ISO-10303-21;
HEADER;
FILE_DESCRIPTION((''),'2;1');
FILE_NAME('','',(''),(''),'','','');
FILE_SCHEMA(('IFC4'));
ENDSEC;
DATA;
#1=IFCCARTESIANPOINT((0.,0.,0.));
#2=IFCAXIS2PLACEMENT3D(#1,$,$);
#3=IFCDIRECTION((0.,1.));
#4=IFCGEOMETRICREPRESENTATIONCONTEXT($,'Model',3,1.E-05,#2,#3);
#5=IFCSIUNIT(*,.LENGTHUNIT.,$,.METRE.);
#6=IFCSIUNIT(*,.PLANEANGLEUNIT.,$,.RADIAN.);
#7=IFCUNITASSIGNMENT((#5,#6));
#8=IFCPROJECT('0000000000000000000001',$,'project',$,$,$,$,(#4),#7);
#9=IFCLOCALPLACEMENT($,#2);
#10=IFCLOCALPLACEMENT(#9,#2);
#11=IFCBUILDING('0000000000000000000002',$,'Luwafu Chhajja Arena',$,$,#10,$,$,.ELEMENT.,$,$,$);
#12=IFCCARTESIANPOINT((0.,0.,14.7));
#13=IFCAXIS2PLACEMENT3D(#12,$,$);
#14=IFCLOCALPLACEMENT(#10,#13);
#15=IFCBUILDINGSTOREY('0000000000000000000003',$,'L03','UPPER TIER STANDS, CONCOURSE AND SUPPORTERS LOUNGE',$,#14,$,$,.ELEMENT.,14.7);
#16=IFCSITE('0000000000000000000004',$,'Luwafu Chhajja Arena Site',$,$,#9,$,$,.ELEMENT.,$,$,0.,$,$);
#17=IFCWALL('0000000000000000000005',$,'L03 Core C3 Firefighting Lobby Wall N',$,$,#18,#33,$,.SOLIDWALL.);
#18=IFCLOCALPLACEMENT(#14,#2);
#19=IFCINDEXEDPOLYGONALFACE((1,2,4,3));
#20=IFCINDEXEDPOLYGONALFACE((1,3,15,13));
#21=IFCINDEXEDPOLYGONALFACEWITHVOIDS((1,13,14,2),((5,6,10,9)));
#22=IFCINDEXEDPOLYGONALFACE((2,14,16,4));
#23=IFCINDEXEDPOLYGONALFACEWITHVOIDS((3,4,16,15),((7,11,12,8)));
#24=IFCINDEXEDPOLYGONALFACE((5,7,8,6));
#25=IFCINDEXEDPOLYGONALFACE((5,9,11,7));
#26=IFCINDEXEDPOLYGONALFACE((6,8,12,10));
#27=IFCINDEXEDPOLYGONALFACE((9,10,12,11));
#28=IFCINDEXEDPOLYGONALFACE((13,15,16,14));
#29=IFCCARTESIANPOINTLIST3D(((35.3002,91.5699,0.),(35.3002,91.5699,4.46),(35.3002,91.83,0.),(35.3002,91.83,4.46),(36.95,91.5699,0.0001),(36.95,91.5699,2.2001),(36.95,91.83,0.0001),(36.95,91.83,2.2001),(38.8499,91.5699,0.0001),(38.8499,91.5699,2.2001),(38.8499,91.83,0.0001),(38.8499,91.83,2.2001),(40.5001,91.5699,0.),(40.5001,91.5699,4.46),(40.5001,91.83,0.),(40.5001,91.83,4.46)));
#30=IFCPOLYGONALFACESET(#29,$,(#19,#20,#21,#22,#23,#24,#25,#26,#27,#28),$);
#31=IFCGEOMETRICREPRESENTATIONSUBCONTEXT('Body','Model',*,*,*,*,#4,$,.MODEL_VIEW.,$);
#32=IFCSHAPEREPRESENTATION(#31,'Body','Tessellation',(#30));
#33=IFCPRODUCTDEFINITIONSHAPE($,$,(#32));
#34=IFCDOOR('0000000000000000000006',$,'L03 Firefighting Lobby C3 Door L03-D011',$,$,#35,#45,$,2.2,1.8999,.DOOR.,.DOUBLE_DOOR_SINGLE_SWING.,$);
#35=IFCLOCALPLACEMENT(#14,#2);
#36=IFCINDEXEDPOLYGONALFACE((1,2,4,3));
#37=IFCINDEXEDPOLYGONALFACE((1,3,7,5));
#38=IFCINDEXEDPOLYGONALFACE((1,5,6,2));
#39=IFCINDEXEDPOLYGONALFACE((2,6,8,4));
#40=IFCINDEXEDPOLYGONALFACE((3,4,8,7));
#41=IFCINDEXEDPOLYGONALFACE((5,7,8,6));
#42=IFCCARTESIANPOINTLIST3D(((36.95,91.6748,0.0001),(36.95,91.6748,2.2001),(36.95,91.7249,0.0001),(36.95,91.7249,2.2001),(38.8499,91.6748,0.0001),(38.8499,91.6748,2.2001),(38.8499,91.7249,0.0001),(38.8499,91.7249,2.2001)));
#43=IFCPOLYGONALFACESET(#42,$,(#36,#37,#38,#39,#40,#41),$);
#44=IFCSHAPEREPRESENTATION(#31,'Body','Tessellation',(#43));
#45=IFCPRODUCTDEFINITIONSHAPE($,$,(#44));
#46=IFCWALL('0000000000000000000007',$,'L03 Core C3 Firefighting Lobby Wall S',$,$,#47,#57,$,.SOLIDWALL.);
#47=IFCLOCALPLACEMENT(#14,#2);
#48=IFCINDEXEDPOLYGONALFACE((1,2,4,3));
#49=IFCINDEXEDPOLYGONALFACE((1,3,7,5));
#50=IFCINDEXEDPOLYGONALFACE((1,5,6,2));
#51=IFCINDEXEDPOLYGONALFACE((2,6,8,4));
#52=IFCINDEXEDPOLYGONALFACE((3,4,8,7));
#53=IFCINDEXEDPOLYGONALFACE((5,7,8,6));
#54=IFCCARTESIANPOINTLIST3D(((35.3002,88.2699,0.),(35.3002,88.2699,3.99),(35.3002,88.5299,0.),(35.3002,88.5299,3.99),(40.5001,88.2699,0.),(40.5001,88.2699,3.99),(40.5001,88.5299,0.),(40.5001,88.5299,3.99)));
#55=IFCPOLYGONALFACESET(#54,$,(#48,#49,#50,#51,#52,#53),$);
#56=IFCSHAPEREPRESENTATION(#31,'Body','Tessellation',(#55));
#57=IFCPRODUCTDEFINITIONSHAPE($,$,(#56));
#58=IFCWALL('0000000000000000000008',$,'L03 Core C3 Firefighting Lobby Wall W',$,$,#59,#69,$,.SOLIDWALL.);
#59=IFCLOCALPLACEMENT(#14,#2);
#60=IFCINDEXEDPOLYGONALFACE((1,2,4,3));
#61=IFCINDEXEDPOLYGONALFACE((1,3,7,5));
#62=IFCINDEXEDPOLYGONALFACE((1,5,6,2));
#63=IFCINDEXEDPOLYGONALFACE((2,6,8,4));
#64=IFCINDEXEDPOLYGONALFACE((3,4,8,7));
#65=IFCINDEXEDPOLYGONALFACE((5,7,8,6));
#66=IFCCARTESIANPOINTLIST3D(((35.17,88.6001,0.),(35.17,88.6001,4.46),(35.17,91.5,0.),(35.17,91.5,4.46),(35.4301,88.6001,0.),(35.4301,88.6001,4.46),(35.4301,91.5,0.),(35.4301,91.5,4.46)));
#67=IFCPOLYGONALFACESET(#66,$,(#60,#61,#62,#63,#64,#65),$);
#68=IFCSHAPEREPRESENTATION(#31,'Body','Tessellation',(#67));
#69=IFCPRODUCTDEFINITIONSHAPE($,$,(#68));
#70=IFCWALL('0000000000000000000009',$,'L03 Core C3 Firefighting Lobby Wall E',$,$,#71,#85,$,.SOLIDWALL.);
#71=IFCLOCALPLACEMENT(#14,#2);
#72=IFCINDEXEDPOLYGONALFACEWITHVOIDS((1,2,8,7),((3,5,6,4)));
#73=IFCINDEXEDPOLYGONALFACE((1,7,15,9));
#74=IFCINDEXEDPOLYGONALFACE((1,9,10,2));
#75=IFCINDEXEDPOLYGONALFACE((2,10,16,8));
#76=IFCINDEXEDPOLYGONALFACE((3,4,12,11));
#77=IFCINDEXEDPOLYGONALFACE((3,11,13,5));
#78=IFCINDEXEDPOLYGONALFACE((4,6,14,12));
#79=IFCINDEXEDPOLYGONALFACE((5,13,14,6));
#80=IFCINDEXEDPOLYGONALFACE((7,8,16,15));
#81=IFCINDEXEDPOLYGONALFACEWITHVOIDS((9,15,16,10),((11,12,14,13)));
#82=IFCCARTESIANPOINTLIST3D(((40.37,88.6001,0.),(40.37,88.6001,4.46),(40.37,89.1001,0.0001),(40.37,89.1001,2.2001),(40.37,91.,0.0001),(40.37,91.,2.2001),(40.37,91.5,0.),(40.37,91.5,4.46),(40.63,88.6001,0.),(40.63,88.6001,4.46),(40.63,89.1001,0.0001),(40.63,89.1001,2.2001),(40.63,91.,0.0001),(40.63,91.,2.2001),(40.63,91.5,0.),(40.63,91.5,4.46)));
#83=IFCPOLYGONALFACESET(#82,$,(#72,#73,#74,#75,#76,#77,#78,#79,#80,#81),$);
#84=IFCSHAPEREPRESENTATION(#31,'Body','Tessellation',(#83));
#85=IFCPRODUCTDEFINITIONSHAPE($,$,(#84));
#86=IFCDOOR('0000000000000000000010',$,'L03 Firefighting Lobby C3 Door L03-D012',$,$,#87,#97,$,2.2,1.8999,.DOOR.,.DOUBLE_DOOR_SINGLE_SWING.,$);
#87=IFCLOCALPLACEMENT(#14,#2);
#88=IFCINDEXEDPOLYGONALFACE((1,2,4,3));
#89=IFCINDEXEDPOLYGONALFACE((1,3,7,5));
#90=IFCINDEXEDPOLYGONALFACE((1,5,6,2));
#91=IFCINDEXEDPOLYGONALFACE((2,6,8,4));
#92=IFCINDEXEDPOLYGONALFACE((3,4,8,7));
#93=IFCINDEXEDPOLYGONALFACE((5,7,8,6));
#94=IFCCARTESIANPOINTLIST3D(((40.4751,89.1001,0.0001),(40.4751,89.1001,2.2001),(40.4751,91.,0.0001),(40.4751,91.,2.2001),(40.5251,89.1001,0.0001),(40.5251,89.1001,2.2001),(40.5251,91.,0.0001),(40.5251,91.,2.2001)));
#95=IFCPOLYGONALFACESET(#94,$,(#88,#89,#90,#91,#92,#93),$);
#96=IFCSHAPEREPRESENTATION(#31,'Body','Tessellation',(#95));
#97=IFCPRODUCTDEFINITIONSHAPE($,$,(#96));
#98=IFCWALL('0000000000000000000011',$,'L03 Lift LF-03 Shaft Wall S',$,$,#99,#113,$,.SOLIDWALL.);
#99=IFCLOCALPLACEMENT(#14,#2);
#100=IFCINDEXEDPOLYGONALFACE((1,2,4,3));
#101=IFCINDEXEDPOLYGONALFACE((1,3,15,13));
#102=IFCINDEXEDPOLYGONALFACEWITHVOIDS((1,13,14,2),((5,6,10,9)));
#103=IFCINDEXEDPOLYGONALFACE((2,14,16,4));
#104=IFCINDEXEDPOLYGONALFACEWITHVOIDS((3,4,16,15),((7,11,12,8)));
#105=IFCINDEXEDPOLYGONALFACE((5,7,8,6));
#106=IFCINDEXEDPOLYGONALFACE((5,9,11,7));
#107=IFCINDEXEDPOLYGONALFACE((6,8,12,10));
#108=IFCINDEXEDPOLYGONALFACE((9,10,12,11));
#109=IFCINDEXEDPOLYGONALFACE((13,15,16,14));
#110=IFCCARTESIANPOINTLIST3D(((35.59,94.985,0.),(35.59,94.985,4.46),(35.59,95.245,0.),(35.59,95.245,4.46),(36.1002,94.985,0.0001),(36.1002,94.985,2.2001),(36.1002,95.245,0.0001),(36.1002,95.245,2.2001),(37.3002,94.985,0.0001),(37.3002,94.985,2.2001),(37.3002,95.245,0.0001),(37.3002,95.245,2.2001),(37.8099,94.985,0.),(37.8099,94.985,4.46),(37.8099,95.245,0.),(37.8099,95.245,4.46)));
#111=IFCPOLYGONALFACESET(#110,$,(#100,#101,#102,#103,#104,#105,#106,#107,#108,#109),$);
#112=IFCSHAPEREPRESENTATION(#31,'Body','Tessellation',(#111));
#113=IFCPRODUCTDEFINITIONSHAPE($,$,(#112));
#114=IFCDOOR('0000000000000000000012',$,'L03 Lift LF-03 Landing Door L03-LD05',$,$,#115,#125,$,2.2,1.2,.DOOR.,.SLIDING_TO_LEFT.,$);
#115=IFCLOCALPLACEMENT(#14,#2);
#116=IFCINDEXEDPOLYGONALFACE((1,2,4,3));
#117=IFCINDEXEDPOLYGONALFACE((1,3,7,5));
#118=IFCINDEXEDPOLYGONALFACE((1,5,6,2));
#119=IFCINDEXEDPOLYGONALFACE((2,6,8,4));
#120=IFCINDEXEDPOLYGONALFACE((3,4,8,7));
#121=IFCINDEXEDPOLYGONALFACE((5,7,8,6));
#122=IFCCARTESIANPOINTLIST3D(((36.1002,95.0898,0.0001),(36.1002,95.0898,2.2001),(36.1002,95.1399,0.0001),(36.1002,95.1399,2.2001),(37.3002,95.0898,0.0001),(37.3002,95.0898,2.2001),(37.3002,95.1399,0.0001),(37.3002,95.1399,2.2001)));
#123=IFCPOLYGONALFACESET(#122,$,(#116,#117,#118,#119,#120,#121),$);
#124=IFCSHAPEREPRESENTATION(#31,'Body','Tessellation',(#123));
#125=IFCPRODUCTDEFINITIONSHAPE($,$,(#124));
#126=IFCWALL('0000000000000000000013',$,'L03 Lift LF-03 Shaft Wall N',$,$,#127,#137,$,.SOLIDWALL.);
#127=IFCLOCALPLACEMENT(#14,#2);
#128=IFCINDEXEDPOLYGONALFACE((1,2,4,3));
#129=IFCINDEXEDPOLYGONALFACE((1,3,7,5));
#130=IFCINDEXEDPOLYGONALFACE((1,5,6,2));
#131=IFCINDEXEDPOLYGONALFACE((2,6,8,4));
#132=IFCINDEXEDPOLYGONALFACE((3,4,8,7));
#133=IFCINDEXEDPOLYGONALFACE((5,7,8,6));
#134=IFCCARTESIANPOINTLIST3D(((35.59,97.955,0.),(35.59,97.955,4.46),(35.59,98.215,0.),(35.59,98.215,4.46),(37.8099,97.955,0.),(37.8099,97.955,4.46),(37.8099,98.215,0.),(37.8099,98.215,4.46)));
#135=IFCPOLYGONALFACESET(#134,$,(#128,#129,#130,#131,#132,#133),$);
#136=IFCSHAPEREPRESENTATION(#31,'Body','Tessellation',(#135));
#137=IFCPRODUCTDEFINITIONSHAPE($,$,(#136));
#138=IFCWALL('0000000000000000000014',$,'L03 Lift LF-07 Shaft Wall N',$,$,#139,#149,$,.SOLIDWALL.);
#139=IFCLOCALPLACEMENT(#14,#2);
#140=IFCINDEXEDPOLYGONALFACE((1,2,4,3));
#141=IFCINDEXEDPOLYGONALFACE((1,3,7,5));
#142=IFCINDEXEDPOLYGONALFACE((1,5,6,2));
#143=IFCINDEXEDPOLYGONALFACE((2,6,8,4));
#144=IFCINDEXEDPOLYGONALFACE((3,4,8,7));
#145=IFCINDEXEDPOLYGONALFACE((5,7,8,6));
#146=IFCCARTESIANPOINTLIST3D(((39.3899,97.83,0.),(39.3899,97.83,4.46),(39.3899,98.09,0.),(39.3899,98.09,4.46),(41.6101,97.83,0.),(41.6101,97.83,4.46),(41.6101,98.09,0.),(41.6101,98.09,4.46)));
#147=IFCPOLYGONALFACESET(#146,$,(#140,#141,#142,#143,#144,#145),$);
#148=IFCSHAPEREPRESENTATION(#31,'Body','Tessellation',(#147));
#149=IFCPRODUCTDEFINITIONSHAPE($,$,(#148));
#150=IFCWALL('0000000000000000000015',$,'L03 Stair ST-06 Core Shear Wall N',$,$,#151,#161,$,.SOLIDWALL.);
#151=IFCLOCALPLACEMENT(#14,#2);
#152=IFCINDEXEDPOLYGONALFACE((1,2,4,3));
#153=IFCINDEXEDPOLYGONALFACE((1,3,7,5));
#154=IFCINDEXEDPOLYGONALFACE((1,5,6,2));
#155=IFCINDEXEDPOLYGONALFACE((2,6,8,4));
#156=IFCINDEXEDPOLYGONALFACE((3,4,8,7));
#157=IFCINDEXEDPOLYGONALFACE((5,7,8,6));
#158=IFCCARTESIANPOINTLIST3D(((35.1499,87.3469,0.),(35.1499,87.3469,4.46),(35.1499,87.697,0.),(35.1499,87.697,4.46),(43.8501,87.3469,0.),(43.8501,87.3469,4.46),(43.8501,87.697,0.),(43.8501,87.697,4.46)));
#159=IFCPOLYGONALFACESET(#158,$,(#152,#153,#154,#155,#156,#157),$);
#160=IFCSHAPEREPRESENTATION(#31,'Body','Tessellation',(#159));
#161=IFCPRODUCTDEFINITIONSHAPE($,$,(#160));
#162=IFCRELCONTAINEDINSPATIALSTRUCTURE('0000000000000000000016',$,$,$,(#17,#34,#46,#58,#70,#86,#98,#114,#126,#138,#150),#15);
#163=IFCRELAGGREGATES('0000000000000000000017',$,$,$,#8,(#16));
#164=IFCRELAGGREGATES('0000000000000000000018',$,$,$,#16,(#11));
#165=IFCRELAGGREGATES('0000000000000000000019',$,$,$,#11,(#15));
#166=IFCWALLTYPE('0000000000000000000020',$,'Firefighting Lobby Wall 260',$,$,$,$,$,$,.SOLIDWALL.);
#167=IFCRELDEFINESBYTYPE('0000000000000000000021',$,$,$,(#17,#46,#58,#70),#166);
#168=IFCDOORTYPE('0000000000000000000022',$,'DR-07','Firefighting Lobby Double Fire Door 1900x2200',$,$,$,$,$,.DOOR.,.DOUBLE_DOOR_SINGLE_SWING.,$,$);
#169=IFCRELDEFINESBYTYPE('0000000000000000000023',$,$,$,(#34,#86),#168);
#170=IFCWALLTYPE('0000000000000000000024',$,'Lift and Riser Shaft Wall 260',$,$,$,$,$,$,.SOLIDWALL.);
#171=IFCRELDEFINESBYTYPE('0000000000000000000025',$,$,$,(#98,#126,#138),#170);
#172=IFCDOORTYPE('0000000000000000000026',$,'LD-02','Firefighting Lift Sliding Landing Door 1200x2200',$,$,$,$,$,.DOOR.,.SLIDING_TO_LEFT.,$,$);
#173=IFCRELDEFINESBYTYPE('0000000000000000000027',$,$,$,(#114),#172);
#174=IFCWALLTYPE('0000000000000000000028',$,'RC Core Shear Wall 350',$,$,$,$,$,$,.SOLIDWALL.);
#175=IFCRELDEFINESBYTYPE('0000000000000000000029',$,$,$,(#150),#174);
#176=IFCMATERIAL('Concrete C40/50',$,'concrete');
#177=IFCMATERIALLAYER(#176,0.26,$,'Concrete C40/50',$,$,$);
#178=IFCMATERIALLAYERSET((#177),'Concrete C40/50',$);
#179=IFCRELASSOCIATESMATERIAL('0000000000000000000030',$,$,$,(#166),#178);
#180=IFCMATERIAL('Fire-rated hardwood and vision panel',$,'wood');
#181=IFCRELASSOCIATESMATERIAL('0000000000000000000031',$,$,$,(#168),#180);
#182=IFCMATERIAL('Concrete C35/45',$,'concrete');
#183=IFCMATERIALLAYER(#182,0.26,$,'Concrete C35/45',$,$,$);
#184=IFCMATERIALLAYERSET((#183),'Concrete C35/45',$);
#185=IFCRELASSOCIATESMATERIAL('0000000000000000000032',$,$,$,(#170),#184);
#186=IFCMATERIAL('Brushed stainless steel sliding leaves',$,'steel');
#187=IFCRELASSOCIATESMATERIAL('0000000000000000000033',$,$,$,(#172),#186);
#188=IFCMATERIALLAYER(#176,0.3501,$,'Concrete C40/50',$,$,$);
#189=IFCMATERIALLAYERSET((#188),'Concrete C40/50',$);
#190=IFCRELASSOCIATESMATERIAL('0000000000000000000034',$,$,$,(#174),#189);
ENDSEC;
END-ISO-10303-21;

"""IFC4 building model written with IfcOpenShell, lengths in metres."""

from ifc_helpers import new_model, si_unit, direction, frame, frame_2d, origin, place, context, subcontext, project, spatial, rectangle, extrude, material, layer, layer_set, type_object, element, fill, save


model = new_model("IFC4")

# Units and contexts
model_context = context("Model", 3, precision=1e-05, world=origin(), true_north=direction((0.0, 1.0)))
body_context = subcontext(model_context, "Body", "Model", "MODEL_VIEW")
ifc_project = project(units=[si_unit("LENGTHUNIT", "METRE"), si_unit("PLANEANGLEUNIT", "RADIAN")], contexts=[model_context])

# Site, building, storey
site_placement = place(None, origin())
site = spatial("IfcSite", under=ifc_project, at=site_placement, Name="Luwafu Chhajja Arena Site", CompositionType="ELEMENT", RefElevation=0.0)
building_placement = place(site_placement, origin())
building = spatial("IfcBuilding", under=site, at=building_placement, Name="Luwafu Chhajja Arena", CompositionType="ELEMENT")
storey_placement = place(building_placement, frame((0.0, 0.0, 14.7)))
storey = spatial("IfcBuildingStorey", under=building, at=storey_placement, Name="L03", Description="UPPER TIER STANDS, CONCOURSE AND SUPPORTERS LOUNGE", CompositionType="ELEMENT", Elevation=14.7)

# Wall, opening, door
ifc_material_1 = material(Name="Concrete C40/50", Category="concrete")
ifc_layer_1 = layer(ifc_material_1, 0.26, Name="Concrete C40/50")
ifc_layer_set_1 = layer_set([ifc_layer_1], Name="Concrete C40/50")
wall_type_1 = type_object("IfcWallType", Name="Firefighting Lobby Wall 260", PredefinedType="SOLIDWALL", material=ifc_layer_set_1)
wall_1_placement = place(storey_placement, frame((35.3, 91.7, 0.0), z_axis=(0.0, 0.0, 1.0), x_axis=(1.0, 0.0, 0.0)))
wall_1 = element("IfcWall", 1, at=wall_1_placement, inside=storey, type_object=wall_type_1, Name="L03 Core C3 Firefighting Lobby Wall N", PredefinedType="SOLIDWALL", context=body_context, shape_type="SweptSolid", body=[
    extrude(rectangle(XDim=5.2, YDim=0.26, at=frame_2d((2.6001, 0.0))), origin(), (0.0, 0.0, 1.0), 4.46),
])
opening_1_placement = place(wall_1_placement, frame((1.6499, 0.0, 0.0)))
opening_1 = element("IfcOpeningElement", 2, at=opening_1_placement, cuts=wall_1, PredefinedType="OPENING", context=body_context, shape_type="SweptSolid", body=[
    extrude(rectangle(XDim=1.8999, YDim=2.2, at=frame_2d((0.95, 1.1001))), frame((0.0, 0.1399, 0.0), z_axis=(0.0, -1.0, 0.0), x_axis=(1.0, 0.0, 0.0)), (0.0, 0.0, 1.0), 0.28),
])
ifc_material_2 = material(Name="Fire-rated hardwood and vision panel", Category="wood")
door_type_1 = type_object("IfcDoorType", Name="DR-07", Description="Firefighting Lobby Double Fire Door 1900x2200", OperationType="DOUBLE_DOOR_SINGLE_SWING", PredefinedType="DOOR", material=ifc_material_2)
door_1_placement = place(opening_1_placement, origin())
door_1 = element("IfcDoor", 3, at=door_1_placement, inside=storey, type_object=door_type_1, Name="L03 Firefighting Lobby C3 Door L03-D011", OperationType="DOUBLE_DOOR_SINGLE_SWING", OverallHeight=2.2, OverallWidth=1.8999, PredefinedType="DOOR", context=body_context, shape_type="SweptSolid", body=[
    extrude(rectangle(XDim=1.8999, YDim=2.2, at=frame_2d((0.95, 1.1001))), frame((0.0, 0.0249, 0.0), z_axis=(0.0, -1.0, 0.0), x_axis=(1.0, 0.0, 0.0)), (0.0, 0.0, 1.0), 0.05),
])
fill(opening_1, door_1)

# Walls
wall_2_placement = place(storey_placement, frame((35.3, 88.3999, 0.0), z_axis=(0.0, 0.0, 1.0), x_axis=(1.0, 0.0, 0.0)))
element("IfcWall", 4, at=wall_2_placement, inside=storey, type_object=wall_type_1, Name="L03 Core C3 Firefighting Lobby Wall S", PredefinedType="SOLIDWALL", context=body_context, shape_type="SweptSolid", body=[
    extrude(rectangle(XDim=5.2, YDim=0.26, at=frame_2d((2.6001, 0.0))), origin(), (0.0, 0.0, 1.0), 3.99),
])
wall_3_placement = place(storey_placement, frame((35.3, 88.6001, 0.0), z_axis=(0.0, 0.0, 1.0), x_axis=(0.0, 1.0, 0.0)))
element("IfcWall", 5, at=wall_3_placement, inside=storey, type_object=wall_type_1, Name="L03 Core C3 Firefighting Lobby Wall W", PredefinedType="SOLIDWALL", context=body_context, shape_type="SweptSolid", body=[
    extrude(rectangle(XDim=2.8999, YDim=0.26, at=frame_2d((1.45, 0.0))), origin(), (0.0, 0.0, 1.0), 4.46),
])

# Walls, openings, doors
wall_4_placement = place(storey_placement, frame((40.5, 88.6001, 0.0), z_axis=(0.0, 0.0, 1.0), x_axis=(0.0, 1.0, 0.0)))
wall_4 = element("IfcWall", 6, at=wall_4_placement, inside=storey, type_object=wall_type_1, Name="L03 Core C3 Firefighting Lobby Wall E", PredefinedType="SOLIDWALL", context=body_context, shape_type="SweptSolid", body=[
    extrude(rectangle(XDim=2.8999, YDim=0.26, at=frame_2d((1.45, 0.0))), origin(), (0.0, 0.0, 1.0), 4.46),
])
opening_2_placement = place(wall_4_placement, frame((0.5, 0.0, 0.0)))
opening_2 = element("IfcOpeningElement", 7, at=opening_2_placement, cuts=wall_4, PredefinedType="OPENING", context=body_context, shape_type="SweptSolid", body=[
    extrude(rectangle(XDim=1.8999, YDim=2.2, at=frame_2d((0.95, 1.1001))), frame((0.0, 0.1399, 0.0), z_axis=(0.0, -1.0, 0.0), x_axis=(1.0, 0.0, 0.0)), (0.0, 0.0, 1.0), 0.28),
])
door_2_placement = place(opening_2_placement, origin())
door_2 = element("IfcDoor", 8, at=door_2_placement, inside=storey, type_object=door_type_1, Name="L03 Firefighting Lobby C3 Door L03-D012", OperationType="DOUBLE_DOOR_SINGLE_SWING", OverallHeight=2.2, OverallWidth=1.8999, PredefinedType="DOOR", context=body_context, shape_type="SweptSolid", body=[
    extrude(rectangle(XDim=1.8999, YDim=2.2, at=frame_2d((0.95, 1.1001))), frame((0.0, 0.0249, 0.0), z_axis=(0.0, -1.0, 0.0), x_axis=(1.0, 0.0, 0.0)), (0.0, 0.0, 1.0), 0.05),
])
fill(opening_2, door_2)
ifc_material_3 = material(Name="Concrete C35/45", Category="concrete")
ifc_layer_2 = layer(ifc_material_3, 0.26, Name="Concrete C35/45")
ifc_layer_set_2 = layer_set([ifc_layer_2], Name="Concrete C35/45")
wall_type_2 = type_object("IfcWallType", Name="Lift and Riser Shaft Wall 260", PredefinedType="SOLIDWALL", material=ifc_layer_set_2)
wall_5_placement = place(storey_placement, frame((35.5901, 95.115, 0.0), z_axis=(0.0, 0.0, 1.0), x_axis=(1.0, 0.0, 0.0)))
wall_5 = element("IfcWall", 9, at=wall_5_placement, inside=storey, type_object=wall_type_2, Name="L03 Lift LF-03 Shaft Wall S", PredefinedType="SOLIDWALL", context=body_context, shape_type="SweptSolid", body=[
    extrude(rectangle(XDim=2.22, YDim=0.26, at=frame_2d((1.1099, 0.0))), origin(), (0.0, 0.0, 1.0), 4.46),
])
opening_3_placement = place(wall_5_placement, frame((0.51, 0.0, 0.0)))
opening_3 = element("IfcOpeningElement", 10, at=opening_3_placement, cuts=wall_5, PredefinedType="OPENING", context=body_context, shape_type="SweptSolid", body=[
    extrude(rectangle(XDim=1.2, YDim=2.2, at=frame_2d((0.6001, 1.1001))), frame((0.0, 0.1399, 0.0), z_axis=(0.0, -1.0, 0.0), x_axis=(1.0, 0.0, 0.0)), (0.0, 0.0, 1.0), 0.28),
])
ifc_material_4 = material(Name="Brushed stainless steel sliding leaves", Category="steel")
door_type_2 = type_object("IfcDoorType", Name="LD-02", Description="Firefighting Lift Sliding Landing Door 1200x2200", OperationType="SLIDING_TO_LEFT", PredefinedType="DOOR", material=ifc_material_4)
door_3_placement = place(opening_3_placement, origin())
door_3 = element("IfcDoor", 11, at=door_3_placement, inside=storey, type_object=door_type_2, Name="L03 Lift LF-03 Landing Door L03-LD05", OperationType="SLIDING_TO_LEFT", OverallHeight=2.2, OverallWidth=1.2, PredefinedType="DOOR", context=body_context, shape_type="SweptSolid", body=[
    extrude(rectangle(XDim=1.2, YDim=2.2, at=frame_2d((0.6001, 1.1001))), frame((0.0, 0.0249, 0.0), z_axis=(0.0, -1.0, 0.0), x_axis=(1.0, 0.0, 0.0)), (0.0, 0.0, 1.0), 0.05),
])
fill(opening_3, door_3)

# Wall
wall_6_placement = place(storey_placement, frame((35.5901, 98.085, 0.0), z_axis=(0.0, 0.0, 1.0), x_axis=(1.0, 0.0, 0.0)))
element("IfcWall", 12, at=wall_6_placement, inside=storey, type_object=wall_type_2, Name="L03 Lift LF-03 Shaft Wall N", PredefinedType="SOLIDWALL", context=body_context, shape_type="SweptSolid", body=[
    extrude(rectangle(XDim=2.22, YDim=0.26, at=frame_2d((1.1099, 0.0))), origin(), (0.0, 0.0, 1.0), 4.46),
])

# Walls
wall_7_placement = place(storey_placement, frame((39.3899, 97.96, 0.0), z_axis=(0.0, 0.0, 1.0), x_axis=(1.0, 0.0, 0.0)))
element("IfcWall", 13, at=wall_7_placement, inside=storey, type_object=wall_type_2, Name="L03 Lift LF-07 Shaft Wall N", PredefinedType="SOLIDWALL", context=body_context, shape_type="SweptSolid", body=[
    extrude(rectangle(XDim=2.2202, YDim=0.26, at=frame_2d((1.1101, 0.0))), origin(), (0.0, 0.0, 1.0), 4.46),
])
ifc_layer_3 = layer(ifc_material_1, 0.3501, Name="Concrete C40/50")
ifc_layer_set_3 = layer_set([ifc_layer_3], Name="Concrete C40/50")
wall_type_3 = type_object("IfcWallType", Name="RC Core Shear Wall 350", PredefinedType="SOLIDWALL", material=ifc_layer_set_3)
wall_8_placement = place(storey_placement, frame((35.1499, 87.522, 0.0), z_axis=(0.0, 0.0, 1.0), x_axis=(1.0, 0.0, 0.0)))
element("IfcWall", 14, at=wall_8_placement, inside=storey, type_object=wall_type_3, Name="L03 Stair ST-06 Core Shear Wall N", PredefinedType="SOLIDWALL", context=body_context, shape_type="SweptSolid", body=[
    extrude(rectangle(XDim=8.7002, YDim=0.3501, at=frame_2d((4.3501, 0.0))), origin(), (0.0, 0.0, 1.0), 4.46),
])

save(model, "model.ifc")
